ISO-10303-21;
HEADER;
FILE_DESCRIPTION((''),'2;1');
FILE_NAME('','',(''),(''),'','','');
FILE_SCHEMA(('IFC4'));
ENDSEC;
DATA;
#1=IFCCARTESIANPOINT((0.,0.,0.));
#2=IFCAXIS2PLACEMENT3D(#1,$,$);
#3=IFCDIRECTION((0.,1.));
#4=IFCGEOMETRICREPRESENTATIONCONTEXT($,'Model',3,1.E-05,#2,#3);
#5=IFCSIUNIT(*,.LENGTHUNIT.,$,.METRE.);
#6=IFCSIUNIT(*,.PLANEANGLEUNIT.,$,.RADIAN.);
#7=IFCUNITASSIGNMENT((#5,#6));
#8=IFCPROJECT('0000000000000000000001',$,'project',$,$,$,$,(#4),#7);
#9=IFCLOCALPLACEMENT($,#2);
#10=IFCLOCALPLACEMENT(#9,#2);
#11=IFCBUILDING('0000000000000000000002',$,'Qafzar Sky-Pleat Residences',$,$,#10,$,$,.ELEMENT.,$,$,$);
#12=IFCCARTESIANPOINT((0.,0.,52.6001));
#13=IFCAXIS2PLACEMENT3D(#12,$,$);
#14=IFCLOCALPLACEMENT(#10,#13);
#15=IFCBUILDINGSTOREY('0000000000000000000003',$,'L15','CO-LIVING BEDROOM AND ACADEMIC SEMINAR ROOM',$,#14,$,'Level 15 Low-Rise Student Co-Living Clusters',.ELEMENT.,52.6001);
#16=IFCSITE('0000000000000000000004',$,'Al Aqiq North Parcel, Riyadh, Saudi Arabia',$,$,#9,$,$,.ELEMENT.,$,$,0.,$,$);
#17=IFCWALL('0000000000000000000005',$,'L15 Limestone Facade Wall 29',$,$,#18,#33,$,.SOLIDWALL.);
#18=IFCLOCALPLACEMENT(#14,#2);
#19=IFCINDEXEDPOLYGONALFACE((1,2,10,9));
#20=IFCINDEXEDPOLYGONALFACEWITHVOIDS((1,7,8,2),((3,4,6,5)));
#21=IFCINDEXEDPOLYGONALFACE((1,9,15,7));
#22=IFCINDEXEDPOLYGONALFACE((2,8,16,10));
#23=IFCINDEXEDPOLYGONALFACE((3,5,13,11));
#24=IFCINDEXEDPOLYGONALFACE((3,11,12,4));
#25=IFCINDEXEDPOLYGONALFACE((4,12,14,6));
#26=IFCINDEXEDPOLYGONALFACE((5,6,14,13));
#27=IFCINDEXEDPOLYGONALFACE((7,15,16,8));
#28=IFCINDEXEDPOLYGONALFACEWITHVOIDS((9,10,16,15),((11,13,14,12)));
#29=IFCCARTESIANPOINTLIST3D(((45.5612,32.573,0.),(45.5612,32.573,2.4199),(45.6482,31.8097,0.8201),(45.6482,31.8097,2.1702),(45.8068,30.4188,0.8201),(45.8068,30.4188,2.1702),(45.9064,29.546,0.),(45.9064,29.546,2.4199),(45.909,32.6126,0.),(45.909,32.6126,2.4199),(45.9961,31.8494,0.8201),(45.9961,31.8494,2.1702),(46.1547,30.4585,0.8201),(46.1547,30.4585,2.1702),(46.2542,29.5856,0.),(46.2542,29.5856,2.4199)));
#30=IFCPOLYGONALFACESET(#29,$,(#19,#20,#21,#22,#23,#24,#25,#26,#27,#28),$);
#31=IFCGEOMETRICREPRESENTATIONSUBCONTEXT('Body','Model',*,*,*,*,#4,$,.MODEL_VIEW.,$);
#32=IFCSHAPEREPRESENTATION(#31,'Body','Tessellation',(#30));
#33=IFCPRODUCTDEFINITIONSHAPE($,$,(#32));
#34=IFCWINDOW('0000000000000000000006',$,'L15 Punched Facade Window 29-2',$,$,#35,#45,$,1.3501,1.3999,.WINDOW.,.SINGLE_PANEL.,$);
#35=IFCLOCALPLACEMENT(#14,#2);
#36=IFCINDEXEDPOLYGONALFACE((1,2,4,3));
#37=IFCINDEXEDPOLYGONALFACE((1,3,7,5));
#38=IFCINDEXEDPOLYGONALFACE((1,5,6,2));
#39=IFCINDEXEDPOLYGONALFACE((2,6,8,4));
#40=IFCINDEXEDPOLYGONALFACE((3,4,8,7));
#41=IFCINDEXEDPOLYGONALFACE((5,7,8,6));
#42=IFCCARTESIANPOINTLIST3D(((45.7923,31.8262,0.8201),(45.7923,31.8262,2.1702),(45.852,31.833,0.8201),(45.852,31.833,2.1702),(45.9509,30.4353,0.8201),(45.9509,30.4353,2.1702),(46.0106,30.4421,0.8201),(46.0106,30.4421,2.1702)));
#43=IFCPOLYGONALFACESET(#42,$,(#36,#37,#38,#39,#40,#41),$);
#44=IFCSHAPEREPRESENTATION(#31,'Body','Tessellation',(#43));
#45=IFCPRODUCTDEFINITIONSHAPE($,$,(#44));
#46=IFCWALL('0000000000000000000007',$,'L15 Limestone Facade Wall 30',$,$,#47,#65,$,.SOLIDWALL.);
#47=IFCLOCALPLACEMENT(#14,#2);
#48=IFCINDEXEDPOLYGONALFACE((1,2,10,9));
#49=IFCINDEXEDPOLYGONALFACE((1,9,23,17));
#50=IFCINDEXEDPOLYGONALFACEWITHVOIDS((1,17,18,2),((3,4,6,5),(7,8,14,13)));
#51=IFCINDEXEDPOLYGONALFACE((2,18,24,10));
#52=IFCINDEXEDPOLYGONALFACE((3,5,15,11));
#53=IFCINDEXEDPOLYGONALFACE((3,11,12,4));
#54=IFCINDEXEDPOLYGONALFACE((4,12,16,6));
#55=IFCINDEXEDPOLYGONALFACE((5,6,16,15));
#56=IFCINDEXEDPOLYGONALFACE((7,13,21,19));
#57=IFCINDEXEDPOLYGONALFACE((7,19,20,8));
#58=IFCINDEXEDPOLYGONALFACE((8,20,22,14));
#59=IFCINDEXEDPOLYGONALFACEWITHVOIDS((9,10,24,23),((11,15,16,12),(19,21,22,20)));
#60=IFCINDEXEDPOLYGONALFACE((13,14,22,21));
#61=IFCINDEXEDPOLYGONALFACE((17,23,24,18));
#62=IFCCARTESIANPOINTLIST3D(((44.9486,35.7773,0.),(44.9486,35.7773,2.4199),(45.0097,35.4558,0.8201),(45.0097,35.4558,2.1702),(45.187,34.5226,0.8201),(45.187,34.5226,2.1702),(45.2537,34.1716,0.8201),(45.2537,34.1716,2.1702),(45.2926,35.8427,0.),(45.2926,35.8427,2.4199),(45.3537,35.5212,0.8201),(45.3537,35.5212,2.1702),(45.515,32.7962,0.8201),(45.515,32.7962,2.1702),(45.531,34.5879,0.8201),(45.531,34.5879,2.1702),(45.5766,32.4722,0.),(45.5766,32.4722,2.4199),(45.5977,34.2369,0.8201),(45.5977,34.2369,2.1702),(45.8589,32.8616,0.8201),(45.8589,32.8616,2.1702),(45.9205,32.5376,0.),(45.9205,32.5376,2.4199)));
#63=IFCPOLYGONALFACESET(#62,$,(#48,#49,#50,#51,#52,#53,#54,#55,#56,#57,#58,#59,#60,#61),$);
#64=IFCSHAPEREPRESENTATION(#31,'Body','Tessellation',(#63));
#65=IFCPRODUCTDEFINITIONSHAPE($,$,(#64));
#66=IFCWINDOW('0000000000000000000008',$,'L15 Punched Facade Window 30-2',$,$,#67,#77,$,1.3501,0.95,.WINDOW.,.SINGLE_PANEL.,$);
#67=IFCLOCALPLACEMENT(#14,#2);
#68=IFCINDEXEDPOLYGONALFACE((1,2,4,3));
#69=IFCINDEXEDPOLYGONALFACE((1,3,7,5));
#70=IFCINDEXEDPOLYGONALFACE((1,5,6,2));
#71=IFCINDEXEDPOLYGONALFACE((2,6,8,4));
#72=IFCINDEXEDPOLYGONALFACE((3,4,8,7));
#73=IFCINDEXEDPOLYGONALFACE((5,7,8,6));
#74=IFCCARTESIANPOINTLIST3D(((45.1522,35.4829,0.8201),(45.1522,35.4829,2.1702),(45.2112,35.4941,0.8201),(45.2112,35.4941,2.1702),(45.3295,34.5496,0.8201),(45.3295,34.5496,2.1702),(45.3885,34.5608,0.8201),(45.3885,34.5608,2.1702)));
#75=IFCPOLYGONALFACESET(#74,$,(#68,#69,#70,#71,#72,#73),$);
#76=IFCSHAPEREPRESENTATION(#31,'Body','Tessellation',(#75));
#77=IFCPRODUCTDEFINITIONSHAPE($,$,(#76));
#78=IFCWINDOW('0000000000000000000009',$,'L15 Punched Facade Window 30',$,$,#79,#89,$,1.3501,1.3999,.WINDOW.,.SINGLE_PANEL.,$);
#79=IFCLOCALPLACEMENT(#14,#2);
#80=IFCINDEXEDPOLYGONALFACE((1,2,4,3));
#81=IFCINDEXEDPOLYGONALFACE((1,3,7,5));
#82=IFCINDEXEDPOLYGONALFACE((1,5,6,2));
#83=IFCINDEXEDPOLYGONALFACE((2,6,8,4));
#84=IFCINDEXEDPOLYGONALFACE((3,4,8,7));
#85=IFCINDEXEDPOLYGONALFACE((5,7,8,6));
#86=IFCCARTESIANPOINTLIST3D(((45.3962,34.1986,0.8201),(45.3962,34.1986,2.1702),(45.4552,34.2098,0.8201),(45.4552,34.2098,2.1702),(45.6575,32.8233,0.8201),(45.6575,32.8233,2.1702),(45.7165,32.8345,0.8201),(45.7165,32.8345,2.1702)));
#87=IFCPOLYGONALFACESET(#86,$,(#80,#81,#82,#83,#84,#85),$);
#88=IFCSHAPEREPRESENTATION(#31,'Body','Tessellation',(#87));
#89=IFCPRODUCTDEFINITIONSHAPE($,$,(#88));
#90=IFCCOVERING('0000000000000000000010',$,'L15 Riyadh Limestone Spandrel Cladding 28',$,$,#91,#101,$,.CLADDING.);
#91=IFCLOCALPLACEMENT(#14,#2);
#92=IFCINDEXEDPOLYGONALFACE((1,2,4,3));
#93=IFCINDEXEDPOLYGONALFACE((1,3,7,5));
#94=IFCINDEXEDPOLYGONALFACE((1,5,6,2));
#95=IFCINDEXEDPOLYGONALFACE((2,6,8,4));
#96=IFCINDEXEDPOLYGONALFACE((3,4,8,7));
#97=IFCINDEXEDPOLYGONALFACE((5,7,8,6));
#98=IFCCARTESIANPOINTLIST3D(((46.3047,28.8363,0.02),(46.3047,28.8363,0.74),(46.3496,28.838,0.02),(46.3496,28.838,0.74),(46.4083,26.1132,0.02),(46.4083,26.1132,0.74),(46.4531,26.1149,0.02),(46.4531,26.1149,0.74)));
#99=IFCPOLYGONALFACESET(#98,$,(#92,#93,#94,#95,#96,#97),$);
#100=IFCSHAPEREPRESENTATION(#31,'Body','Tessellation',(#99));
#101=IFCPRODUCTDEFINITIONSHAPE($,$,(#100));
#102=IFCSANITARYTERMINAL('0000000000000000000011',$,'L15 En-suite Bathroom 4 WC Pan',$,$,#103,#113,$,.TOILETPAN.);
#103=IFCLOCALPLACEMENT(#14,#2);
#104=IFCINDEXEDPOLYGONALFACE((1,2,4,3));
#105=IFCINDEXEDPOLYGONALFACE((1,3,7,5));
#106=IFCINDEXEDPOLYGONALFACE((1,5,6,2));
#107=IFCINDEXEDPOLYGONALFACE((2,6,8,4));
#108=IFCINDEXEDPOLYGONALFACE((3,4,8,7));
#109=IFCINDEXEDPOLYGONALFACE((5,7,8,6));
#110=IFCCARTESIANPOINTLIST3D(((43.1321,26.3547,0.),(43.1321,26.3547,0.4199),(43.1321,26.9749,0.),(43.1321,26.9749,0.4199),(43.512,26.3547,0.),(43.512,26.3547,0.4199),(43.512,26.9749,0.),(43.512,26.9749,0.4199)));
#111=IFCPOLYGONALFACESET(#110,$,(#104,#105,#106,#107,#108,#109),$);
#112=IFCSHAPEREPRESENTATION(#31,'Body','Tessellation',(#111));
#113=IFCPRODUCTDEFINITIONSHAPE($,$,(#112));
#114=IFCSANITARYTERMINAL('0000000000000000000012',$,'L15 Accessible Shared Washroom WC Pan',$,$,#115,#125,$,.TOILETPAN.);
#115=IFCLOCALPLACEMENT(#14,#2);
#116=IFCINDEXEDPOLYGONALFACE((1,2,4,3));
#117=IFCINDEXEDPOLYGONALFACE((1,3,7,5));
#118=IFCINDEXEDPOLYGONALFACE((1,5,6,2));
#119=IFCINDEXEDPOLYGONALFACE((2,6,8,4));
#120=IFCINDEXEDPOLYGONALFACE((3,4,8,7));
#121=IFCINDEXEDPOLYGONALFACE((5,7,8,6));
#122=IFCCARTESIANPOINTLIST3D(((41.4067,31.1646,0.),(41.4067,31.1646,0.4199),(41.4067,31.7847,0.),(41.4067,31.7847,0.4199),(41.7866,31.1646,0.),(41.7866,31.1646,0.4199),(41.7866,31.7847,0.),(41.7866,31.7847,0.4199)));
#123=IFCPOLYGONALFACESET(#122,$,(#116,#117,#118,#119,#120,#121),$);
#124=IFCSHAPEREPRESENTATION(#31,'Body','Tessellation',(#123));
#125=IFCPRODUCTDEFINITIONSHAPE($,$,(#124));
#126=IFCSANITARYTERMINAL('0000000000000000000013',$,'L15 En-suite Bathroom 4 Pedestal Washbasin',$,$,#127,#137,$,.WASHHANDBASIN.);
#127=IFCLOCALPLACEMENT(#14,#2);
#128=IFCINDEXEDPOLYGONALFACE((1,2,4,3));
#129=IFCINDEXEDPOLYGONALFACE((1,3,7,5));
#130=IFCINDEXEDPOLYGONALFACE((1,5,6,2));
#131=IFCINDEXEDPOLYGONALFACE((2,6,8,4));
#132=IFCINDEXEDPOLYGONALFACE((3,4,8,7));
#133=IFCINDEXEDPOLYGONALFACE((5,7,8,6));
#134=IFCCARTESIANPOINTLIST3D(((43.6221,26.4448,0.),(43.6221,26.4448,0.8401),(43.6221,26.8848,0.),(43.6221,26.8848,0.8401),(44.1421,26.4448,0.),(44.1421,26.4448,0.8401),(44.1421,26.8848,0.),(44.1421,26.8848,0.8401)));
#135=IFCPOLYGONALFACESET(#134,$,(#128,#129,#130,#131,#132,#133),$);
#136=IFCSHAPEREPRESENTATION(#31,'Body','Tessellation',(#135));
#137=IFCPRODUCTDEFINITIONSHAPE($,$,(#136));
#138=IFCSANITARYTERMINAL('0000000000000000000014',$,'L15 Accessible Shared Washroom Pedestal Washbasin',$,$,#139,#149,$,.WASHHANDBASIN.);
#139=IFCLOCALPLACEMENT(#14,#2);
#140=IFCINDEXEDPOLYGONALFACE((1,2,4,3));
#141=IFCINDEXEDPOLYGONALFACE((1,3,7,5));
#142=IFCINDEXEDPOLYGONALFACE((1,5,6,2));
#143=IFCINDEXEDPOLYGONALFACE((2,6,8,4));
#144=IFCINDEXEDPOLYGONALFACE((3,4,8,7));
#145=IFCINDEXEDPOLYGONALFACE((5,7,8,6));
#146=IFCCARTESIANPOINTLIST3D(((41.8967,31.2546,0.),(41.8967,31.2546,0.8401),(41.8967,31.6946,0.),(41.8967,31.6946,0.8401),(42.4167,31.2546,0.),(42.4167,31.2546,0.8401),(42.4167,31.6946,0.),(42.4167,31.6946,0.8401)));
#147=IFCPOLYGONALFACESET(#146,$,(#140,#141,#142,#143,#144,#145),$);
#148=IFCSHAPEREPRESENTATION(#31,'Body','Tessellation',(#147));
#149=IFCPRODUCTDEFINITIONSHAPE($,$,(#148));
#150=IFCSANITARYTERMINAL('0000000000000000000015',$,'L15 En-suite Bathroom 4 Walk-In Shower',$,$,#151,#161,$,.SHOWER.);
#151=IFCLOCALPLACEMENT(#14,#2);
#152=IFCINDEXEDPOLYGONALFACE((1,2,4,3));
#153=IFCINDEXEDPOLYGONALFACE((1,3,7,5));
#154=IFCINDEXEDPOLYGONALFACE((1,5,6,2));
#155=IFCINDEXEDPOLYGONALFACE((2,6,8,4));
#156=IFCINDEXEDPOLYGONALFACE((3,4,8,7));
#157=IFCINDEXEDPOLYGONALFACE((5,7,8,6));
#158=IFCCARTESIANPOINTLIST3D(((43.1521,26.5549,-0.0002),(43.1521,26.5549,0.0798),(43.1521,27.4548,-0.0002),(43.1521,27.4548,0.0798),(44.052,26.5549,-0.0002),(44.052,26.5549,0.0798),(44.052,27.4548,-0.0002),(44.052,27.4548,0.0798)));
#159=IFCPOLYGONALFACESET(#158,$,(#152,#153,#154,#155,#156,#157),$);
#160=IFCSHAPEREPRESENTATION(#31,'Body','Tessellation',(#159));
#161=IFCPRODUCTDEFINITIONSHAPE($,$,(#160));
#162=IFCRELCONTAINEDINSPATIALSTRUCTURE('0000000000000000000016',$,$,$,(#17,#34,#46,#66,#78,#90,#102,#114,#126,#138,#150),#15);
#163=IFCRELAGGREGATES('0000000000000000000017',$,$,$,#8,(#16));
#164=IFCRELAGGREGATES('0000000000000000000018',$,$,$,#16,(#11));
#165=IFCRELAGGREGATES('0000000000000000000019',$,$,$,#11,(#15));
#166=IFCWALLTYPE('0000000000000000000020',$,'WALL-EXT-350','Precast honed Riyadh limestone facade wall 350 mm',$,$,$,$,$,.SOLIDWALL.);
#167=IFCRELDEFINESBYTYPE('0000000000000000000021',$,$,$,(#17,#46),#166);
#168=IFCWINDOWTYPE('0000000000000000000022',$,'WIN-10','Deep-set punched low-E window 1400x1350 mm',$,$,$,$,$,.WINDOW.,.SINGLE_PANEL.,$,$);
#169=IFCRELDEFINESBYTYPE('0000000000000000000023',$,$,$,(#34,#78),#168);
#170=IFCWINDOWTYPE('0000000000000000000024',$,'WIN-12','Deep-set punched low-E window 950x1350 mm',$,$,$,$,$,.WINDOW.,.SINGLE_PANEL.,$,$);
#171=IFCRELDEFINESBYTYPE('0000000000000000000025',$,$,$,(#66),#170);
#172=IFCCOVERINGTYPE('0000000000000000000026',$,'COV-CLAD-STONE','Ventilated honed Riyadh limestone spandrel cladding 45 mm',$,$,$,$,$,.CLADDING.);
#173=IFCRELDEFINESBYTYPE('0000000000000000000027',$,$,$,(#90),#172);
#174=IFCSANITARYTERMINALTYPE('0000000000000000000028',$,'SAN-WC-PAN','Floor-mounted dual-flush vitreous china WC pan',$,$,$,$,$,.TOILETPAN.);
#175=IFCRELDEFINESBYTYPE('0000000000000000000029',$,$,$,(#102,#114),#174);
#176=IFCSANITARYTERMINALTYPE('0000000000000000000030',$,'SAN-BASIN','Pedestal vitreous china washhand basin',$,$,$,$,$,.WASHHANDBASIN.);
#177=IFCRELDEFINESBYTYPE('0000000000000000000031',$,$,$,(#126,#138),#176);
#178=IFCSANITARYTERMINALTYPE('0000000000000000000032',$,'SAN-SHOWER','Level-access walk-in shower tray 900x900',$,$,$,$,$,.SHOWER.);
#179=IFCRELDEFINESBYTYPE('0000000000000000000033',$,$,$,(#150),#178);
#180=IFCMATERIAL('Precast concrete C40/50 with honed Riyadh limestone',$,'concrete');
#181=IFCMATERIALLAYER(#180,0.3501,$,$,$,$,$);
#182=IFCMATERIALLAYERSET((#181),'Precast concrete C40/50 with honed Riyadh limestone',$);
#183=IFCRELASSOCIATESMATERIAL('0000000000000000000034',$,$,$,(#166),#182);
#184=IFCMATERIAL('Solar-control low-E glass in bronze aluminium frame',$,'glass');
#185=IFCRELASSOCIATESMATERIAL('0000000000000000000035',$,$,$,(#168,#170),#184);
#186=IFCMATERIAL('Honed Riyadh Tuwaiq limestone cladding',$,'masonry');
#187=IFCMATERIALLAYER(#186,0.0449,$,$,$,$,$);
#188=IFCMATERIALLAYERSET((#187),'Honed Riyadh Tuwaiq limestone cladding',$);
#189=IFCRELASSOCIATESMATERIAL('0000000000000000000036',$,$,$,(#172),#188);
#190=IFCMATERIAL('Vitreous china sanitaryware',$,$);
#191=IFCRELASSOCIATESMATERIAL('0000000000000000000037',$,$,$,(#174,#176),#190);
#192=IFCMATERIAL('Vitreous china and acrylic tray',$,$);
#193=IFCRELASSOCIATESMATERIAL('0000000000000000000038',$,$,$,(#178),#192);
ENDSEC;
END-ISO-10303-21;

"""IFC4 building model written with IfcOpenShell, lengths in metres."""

from ifc_helpers import new_model, si_unit, direction, frame, frame_2d, origin, origin_2d, place, context, subcontext, project, spatial, rectangle, extrude, source, transform, mapped, material, layer, layer_set, type_object, element, fill, save


model = new_model("IFC4")

# Units and contexts
model_context = context("Model", 3, precision=1e-05, world=origin(), true_north=direction((0.0, 1.0)))
body_context = subcontext(model_context, "Body", "Model", "MODEL_VIEW")
ifc_project = project(units=[si_unit("LENGTHUNIT", "METRE"), si_unit("PLANEANGLEUNIT", "RADIAN")], contexts=[model_context])

# Site, building, storey
site_placement = place(None, origin())
site = spatial("IfcSite", under=ifc_project, at=site_placement, Name="Al Aqiq North Parcel, Riyadh, Saudi Arabia", CompositionType="ELEMENT", RefElevation=0.0)
building_placement = place(site_placement, origin())
building = spatial("IfcBuilding", under=site, at=building_placement, Name="Qafzar Sky-Pleat Residences", CompositionType="ELEMENT")
storey_placement = place(building_placement, frame((0.0, 0.0, 52.6001)))
storey = spatial("IfcBuildingStorey", under=building, at=storey_placement, Name="L15", Description="CO-LIVING BEDROOM AND ACADEMIC SEMINAR ROOM", LongName="Level 15 Low-Rise Student Co-Living Clusters", CompositionType="ELEMENT", Elevation=52.6001)

# Wall, opening, window
ifc_material_1 = material(Name="Precast concrete C40/50 with honed Riyadh limestone", Category="concrete")
ifc_layer_1 = layer(ifc_material_1, 0.3501)
ifc_layer_set_1 = layer_set([ifc_layer_1], Name="Precast concrete C40/50 with honed Riyadh limestone")
wall_type_1 = type_object("IfcWallType", Name="WALL-EXT-350", Description="Precast honed Riyadh limestone facade wall 350 mm", PredefinedType="SOLIDWALL", material=ifc_layer_set_1)
ifc_material_2 = material(Name="Solar-control low-E glass in bronze aluminium frame", Category="glass")
wall_1_placement = place(storey_placement, frame((46.0803, 29.5657, 0.0), z_axis=(0.0, 0.0, 1.0), x_axis=(-0.113307, 0.99356, 0.0)))
wall_1 = element("IfcWall", 1, at=wall_1_placement, inside=storey, type_object=wall_type_1, Name="L15 Limestone Facade Wall 29", PredefinedType="SOLIDWALL", context=body_context, shape_type="SweptSolid", body=[
    extrude(rectangle(XDim=3.0466, YDim=0.3501, at=frame_2d((1.5234, 0.0))), origin(), (0.0, 0.0, 1.0), 2.4199),
])
opening_1_placement = place(wall_1_placement, frame((0.8787, 0.0, 0.8201)))
opening_1 = element("IfcOpeningElement", 2, at=opening_1_placement, cuts=wall_1, PredefinedType="OPENING", context=body_context, shape_type="SweptSolid", body=[
    extrude(rectangle(XDim=1.3999, YDim=1.3501, at=frame_2d((0.7, 0.675))), frame((0.0, 0.1851, 0.0), z_axis=(0.0, -1.0, 0.0), x_axis=(1.0, 0.0, 0.0)), (0.0, 0.0, 1.0), 0.3701),
])
window_type_1 = type_object("IfcWindowType", Name="WIN-10", Description="Deep-set punched low-E window 1400x1350 mm", PartitioningType="SINGLE_PANEL", PredefinedType="WINDOW", material=ifc_material_2)
shared_shape_1 = source(origin(), body_context, "Body", "SweptSolid", [
    extrude(rectangle(XDim=1.3999, YDim=1.3501, at=frame_2d((0.7, 0.675))), frame((0.0, 0.03, 0.0), z_axis=(0.0, -1.0, 0.0), x_axis=(1.0, 0.0, 0.0)), (0.0, 0.0, 1.0), 0.0601),
])
window_1_placement = place(opening_1_placement, origin())
window_1 = element("IfcWindow", 3, at=window_1_placement, inside=storey, type_object=window_type_1, Name="L15 Punched Facade Window 29-2", OverallHeight=1.3501, OverallWidth=1.3999, PartitioningType="SINGLE_PANEL", PredefinedType="WINDOW", context=body_context, shape_type="MappedRepresentation", body=[
    mapped(shared_shape_1, transform((0.0, 0.0, 0.0), x_axis=(1.0, 0.0, 0.0), y_axis=(0.0, 1.0, 0.0), z_axis=(0.0, 0.0, 1.0), scale=1.0)),
])
fill(opening_1, window_1)

# Wall, openings, windows
wall_2_placement = place(storey_placement, frame((45.7485, 32.5049, 0.0), z_axis=(0.0, 0.0, 1.0), x_axis=(-0.186645, 0.982427, 0.0)))
wall_2 = element("IfcWall", 4, at=wall_2_placement, inside=storey, type_object=wall_type_1, Name="L15 Limestone Facade Wall 30", PredefinedType="SOLIDWALL", context=body_context, shape_type="SweptSolid", body=[
    extrude(rectangle(XDim=3.3643, YDim=0.3501, at=frame_2d((1.6821, 0.0))), origin(), (0.0, 0.0, 1.0), 2.4199),
])
opening_2_placement = place(wall_2_placement, frame((0.3298, 0.0, 0.8201)))
opening_2 = element("IfcOpeningElement", 5, at=opening_2_placement, cuts=wall_2, PredefinedType="OPENING", context=body_context, shape_type="SweptSolid", body=[
    extrude(rectangle(XDim=1.3999, YDim=1.3501, at=frame_2d((0.7, 0.675))), frame((0.0, 0.1851, 0.0), z_axis=(0.0, -1.0, 0.0), x_axis=(1.0, 0.0, 0.0)), (0.0, 0.0, 1.0), 0.3701),
])
opening_3_placement = place(wall_2_placement, frame((2.0869, 0.0, 0.8201)))
opening_3 = element("IfcOpeningElement", 6, at=opening_3_placement, cuts=wall_2, PredefinedType="OPENING", context=body_context, shape_type="SweptSolid", body=[
    extrude(rectangle(XDim=0.95, YDim=1.3501, at=frame_2d((0.4751, 0.675))), frame((0.0, 0.1851, 0.0), z_axis=(0.0, -1.0, 0.0), x_axis=(1.0, 0.0, 0.0)), (0.0, 0.0, 1.0), 0.3701),
])
window_type_2 = type_object("IfcWindowType", Name="WIN-12", Description="Deep-set punched low-E window 950x1350 mm", PartitioningType="SINGLE_PANEL", PredefinedType="WINDOW", material=ifc_material_2)
shared_shape_2 = source(origin(), body_context, "Body", "SweptSolid", [
    extrude(rectangle(XDim=0.95, YDim=1.3501, at=frame_2d((0.4751, 0.675))), frame((0.0, 0.03, 0.0), z_axis=(0.0, -1.0, 0.0), x_axis=(1.0, 0.0, 0.0)), (0.0, 0.0, 1.0), 0.0601),
])
window_2_placement = place(opening_3_placement, origin())
window_2 = element("IfcWindow", 7, at=window_2_placement, inside=storey, type_object=window_type_2, Name="L15 Punched Facade Window 30-2", OverallHeight=1.3501, OverallWidth=0.95, PartitioningType="SINGLE_PANEL", PredefinedType="WINDOW", context=body_context, shape_type="MappedRepresentation", body=[
    mapped(shared_shape_2, transform((0.0, 0.0, 0.0), x_axis=(1.0, 0.0, 0.0), y_axis=(0.0, 1.0, 0.0), z_axis=(0.0, 0.0, 1.0), scale=1.0)),
])
fill(opening_3, window_2)
window_3_placement = place(opening_2_placement, origin())
window_3 = element("IfcWindow", 8, at=window_3_placement, inside=storey, type_object=window_type_1, Name="L15 Punched Facade Window 30", OverallHeight=1.3501, OverallWidth=1.3999, PartitioningType="SINGLE_PANEL", PredefinedType="WINDOW", context=body_context, shape_type="MappedRepresentation", body=[
    mapped(shared_shape_1, transform((0.0, 0.0, 0.0), x_axis=(1.0, 0.0, 0.0), y_axis=(0.0, 1.0, 0.0), z_axis=(0.0, 0.0, 1.0), scale=1.0)),
])
fill(opening_2, window_3)

# Covering
ifc_material_3 = material(Name="Honed Riyadh Tuwaiq limestone cladding", Category="masonry")
ifc_layer_2 = layer(ifc_material_3, 0.0449)
ifc_layer_set_2 = layer_set([ifc_layer_2], Name="Honed Riyadh Tuwaiq limestone cladding")
covering_type = type_object("IfcCoveringType", Name="COV-CLAD-STONE", Description="Ventilated honed Riyadh limestone spandrel cladding 45 mm", PredefinedType="CLADDING", material=ifc_layer_set_2)
shared_shape_3 = source(origin(), body_context, "Body", "SweptSolid", [
    extrude(rectangle(XDim=2.7251, YDim=0.0449, at=origin_2d()), origin(), (0.0, 0.0, 1.0), 0.72),
])
covering_placement = place(storey_placement, frame((46.3789, 27.4756, 0.02), z_axis=(0.0, 0.0, 1.0), x_axis=(-0.038015, 0.999277, 0.0)))
element("IfcCovering", 9, at=covering_placement, inside=storey, type_object=covering_type, Name="L15 Riyadh Limestone Spandrel Cladding 28", PredefinedType="CLADDING", context=body_context, shape_type="MappedRepresentation", body=[
    mapped(shared_shape_3, transform((0.0, 0.0, 0.0), x_axis=(1.0, 0.0, 0.0), y_axis=(0.0, 1.0, 0.0), z_axis=(0.0, 0.0, 1.0), scale=1.0)),
])

# Sanitary terminals
ifc_material_4 = material(Name="Vitreous china sanitaryware")
sanitary_terminal_type_1 = type_object("IfcSanitaryTerminalType", Name="SAN-WC-PAN", Description="Floor-mounted dual-flush vitreous china WC pan", PredefinedType="TOILETPAN", material=ifc_material_4)
shared_shape_4 = source(origin(), body_context, "Body", "SweptSolid", [
    extrude(rectangle(XDim=0.3799, YDim=0.6201, at=origin_2d()), origin(), (0.0, 0.0, 1.0), 0.4199),
])
for number, where, z_axis, x_axis, name in (
    (10, (43.322, 26.6648, 0.0), (0.0, 0.0, 1.0), (1.0, 0.0, 0.0), "L15 En-suite Bathroom 4 WC Pan"),
    (11, (41.5967, 31.4746, 0.0), (0.0, 0.0, 1.0), (1.0, 0.0, 0.0), "L15 Accessible Shared Washroom WC Pan"),
):
    element("IfcSanitaryTerminal", number, at=place(storey_placement, frame(where, z_axis=z_axis, x_axis=x_axis)), inside=storey, type_object=sanitary_terminal_type_1, Name=name, PredefinedType="TOILETPAN", context=body_context, shape_type="MappedRepresentation", body=[
        mapped(shared_shape_4, transform((0.0, 0.0, 0.0), x_axis=(1.0, 0.0, 0.0), y_axis=(0.0, 1.0, 0.0), z_axis=(0.0, 0.0, 1.0), scale=1.0)),
    ])
sanitary_terminal_type_2 = type_object("IfcSanitaryTerminalType", Name="SAN-BASIN", Description="Pedestal vitreous china washhand basin", PredefinedType="WASHHANDBASIN", material=ifc_material_4)
shared_shape_5 = source(origin(), body_context, "Body", "SweptSolid", [
    extrude(rectangle(XDim=0.52, YDim=0.4399, at=origin_2d()), origin(), (0.0, 0.0, 1.0), 0.8401),
])
for number, where, z_axis, x_axis, name in (
    (12, (43.8821, 26.6648, 0.0), (0.0, 0.0, 1.0), (1.0, 0.0, 0.0), "L15 En-suite Bathroom 4 Pedestal Washbasin"),
    (13, (42.1567, 31.4746, 0.0), (0.0, 0.0, 1.0), (1.0, 0.0, 0.0), "L15 Accessible Shared Washroom Pedestal Washbasin"),
):
    element("IfcSanitaryTerminal", number, at=place(storey_placement, frame(where, z_axis=z_axis, x_axis=x_axis)), inside=storey, type_object=sanitary_terminal_type_2, Name=name, PredefinedType="WASHHANDBASIN", context=body_context, shape_type="MappedRepresentation", body=[
        mapped(shared_shape_5, transform((0.0, 0.0, 0.0), x_axis=(1.0, 0.0, 0.0), y_axis=(0.0, 1.0, 0.0), z_axis=(0.0, 0.0, 1.0), scale=1.0)),
    ])
ifc_material_5 = material(Name="Vitreous china and acrylic tray")
sanitary_terminal_type_3 = type_object("IfcSanitaryTerminalType", Name="SAN-SHOWER", Description="Level-access walk-in shower tray 900x900", PredefinedType="SHOWER", material=ifc_material_5)
shared_shape_6 = source(origin(), body_context, "Body", "SweptSolid", [
    extrude(rectangle(XDim=0.8999, YDim=0.8999, at=origin_2d()), origin(), (0.0, 0.0, 1.0), 0.0801),
])
sanitary_terminal_placement = place(storey_placement, frame((43.6021, 27.0049, -0.0002), z_axis=(0.0, 0.0, 1.0), x_axis=(1.0, 0.0, 0.0)))
element("IfcSanitaryTerminal", 14, at=sanitary_terminal_placement, inside=storey, type_object=sanitary_terminal_type_3, Name="L15 En-suite Bathroom 4 Walk-In Shower", PredefinedType="SHOWER", context=body_context, shape_type="MappedRepresentation", body=[
    mapped(shared_shape_6, transform((0.0, 0.0, 0.0), x_axis=(1.0, 0.0, 0.0), y_axis=(0.0, 1.0, 0.0), z_axis=(0.0, 0.0, 1.0), scale=1.0)),
])

save(model, "model.ifc")
